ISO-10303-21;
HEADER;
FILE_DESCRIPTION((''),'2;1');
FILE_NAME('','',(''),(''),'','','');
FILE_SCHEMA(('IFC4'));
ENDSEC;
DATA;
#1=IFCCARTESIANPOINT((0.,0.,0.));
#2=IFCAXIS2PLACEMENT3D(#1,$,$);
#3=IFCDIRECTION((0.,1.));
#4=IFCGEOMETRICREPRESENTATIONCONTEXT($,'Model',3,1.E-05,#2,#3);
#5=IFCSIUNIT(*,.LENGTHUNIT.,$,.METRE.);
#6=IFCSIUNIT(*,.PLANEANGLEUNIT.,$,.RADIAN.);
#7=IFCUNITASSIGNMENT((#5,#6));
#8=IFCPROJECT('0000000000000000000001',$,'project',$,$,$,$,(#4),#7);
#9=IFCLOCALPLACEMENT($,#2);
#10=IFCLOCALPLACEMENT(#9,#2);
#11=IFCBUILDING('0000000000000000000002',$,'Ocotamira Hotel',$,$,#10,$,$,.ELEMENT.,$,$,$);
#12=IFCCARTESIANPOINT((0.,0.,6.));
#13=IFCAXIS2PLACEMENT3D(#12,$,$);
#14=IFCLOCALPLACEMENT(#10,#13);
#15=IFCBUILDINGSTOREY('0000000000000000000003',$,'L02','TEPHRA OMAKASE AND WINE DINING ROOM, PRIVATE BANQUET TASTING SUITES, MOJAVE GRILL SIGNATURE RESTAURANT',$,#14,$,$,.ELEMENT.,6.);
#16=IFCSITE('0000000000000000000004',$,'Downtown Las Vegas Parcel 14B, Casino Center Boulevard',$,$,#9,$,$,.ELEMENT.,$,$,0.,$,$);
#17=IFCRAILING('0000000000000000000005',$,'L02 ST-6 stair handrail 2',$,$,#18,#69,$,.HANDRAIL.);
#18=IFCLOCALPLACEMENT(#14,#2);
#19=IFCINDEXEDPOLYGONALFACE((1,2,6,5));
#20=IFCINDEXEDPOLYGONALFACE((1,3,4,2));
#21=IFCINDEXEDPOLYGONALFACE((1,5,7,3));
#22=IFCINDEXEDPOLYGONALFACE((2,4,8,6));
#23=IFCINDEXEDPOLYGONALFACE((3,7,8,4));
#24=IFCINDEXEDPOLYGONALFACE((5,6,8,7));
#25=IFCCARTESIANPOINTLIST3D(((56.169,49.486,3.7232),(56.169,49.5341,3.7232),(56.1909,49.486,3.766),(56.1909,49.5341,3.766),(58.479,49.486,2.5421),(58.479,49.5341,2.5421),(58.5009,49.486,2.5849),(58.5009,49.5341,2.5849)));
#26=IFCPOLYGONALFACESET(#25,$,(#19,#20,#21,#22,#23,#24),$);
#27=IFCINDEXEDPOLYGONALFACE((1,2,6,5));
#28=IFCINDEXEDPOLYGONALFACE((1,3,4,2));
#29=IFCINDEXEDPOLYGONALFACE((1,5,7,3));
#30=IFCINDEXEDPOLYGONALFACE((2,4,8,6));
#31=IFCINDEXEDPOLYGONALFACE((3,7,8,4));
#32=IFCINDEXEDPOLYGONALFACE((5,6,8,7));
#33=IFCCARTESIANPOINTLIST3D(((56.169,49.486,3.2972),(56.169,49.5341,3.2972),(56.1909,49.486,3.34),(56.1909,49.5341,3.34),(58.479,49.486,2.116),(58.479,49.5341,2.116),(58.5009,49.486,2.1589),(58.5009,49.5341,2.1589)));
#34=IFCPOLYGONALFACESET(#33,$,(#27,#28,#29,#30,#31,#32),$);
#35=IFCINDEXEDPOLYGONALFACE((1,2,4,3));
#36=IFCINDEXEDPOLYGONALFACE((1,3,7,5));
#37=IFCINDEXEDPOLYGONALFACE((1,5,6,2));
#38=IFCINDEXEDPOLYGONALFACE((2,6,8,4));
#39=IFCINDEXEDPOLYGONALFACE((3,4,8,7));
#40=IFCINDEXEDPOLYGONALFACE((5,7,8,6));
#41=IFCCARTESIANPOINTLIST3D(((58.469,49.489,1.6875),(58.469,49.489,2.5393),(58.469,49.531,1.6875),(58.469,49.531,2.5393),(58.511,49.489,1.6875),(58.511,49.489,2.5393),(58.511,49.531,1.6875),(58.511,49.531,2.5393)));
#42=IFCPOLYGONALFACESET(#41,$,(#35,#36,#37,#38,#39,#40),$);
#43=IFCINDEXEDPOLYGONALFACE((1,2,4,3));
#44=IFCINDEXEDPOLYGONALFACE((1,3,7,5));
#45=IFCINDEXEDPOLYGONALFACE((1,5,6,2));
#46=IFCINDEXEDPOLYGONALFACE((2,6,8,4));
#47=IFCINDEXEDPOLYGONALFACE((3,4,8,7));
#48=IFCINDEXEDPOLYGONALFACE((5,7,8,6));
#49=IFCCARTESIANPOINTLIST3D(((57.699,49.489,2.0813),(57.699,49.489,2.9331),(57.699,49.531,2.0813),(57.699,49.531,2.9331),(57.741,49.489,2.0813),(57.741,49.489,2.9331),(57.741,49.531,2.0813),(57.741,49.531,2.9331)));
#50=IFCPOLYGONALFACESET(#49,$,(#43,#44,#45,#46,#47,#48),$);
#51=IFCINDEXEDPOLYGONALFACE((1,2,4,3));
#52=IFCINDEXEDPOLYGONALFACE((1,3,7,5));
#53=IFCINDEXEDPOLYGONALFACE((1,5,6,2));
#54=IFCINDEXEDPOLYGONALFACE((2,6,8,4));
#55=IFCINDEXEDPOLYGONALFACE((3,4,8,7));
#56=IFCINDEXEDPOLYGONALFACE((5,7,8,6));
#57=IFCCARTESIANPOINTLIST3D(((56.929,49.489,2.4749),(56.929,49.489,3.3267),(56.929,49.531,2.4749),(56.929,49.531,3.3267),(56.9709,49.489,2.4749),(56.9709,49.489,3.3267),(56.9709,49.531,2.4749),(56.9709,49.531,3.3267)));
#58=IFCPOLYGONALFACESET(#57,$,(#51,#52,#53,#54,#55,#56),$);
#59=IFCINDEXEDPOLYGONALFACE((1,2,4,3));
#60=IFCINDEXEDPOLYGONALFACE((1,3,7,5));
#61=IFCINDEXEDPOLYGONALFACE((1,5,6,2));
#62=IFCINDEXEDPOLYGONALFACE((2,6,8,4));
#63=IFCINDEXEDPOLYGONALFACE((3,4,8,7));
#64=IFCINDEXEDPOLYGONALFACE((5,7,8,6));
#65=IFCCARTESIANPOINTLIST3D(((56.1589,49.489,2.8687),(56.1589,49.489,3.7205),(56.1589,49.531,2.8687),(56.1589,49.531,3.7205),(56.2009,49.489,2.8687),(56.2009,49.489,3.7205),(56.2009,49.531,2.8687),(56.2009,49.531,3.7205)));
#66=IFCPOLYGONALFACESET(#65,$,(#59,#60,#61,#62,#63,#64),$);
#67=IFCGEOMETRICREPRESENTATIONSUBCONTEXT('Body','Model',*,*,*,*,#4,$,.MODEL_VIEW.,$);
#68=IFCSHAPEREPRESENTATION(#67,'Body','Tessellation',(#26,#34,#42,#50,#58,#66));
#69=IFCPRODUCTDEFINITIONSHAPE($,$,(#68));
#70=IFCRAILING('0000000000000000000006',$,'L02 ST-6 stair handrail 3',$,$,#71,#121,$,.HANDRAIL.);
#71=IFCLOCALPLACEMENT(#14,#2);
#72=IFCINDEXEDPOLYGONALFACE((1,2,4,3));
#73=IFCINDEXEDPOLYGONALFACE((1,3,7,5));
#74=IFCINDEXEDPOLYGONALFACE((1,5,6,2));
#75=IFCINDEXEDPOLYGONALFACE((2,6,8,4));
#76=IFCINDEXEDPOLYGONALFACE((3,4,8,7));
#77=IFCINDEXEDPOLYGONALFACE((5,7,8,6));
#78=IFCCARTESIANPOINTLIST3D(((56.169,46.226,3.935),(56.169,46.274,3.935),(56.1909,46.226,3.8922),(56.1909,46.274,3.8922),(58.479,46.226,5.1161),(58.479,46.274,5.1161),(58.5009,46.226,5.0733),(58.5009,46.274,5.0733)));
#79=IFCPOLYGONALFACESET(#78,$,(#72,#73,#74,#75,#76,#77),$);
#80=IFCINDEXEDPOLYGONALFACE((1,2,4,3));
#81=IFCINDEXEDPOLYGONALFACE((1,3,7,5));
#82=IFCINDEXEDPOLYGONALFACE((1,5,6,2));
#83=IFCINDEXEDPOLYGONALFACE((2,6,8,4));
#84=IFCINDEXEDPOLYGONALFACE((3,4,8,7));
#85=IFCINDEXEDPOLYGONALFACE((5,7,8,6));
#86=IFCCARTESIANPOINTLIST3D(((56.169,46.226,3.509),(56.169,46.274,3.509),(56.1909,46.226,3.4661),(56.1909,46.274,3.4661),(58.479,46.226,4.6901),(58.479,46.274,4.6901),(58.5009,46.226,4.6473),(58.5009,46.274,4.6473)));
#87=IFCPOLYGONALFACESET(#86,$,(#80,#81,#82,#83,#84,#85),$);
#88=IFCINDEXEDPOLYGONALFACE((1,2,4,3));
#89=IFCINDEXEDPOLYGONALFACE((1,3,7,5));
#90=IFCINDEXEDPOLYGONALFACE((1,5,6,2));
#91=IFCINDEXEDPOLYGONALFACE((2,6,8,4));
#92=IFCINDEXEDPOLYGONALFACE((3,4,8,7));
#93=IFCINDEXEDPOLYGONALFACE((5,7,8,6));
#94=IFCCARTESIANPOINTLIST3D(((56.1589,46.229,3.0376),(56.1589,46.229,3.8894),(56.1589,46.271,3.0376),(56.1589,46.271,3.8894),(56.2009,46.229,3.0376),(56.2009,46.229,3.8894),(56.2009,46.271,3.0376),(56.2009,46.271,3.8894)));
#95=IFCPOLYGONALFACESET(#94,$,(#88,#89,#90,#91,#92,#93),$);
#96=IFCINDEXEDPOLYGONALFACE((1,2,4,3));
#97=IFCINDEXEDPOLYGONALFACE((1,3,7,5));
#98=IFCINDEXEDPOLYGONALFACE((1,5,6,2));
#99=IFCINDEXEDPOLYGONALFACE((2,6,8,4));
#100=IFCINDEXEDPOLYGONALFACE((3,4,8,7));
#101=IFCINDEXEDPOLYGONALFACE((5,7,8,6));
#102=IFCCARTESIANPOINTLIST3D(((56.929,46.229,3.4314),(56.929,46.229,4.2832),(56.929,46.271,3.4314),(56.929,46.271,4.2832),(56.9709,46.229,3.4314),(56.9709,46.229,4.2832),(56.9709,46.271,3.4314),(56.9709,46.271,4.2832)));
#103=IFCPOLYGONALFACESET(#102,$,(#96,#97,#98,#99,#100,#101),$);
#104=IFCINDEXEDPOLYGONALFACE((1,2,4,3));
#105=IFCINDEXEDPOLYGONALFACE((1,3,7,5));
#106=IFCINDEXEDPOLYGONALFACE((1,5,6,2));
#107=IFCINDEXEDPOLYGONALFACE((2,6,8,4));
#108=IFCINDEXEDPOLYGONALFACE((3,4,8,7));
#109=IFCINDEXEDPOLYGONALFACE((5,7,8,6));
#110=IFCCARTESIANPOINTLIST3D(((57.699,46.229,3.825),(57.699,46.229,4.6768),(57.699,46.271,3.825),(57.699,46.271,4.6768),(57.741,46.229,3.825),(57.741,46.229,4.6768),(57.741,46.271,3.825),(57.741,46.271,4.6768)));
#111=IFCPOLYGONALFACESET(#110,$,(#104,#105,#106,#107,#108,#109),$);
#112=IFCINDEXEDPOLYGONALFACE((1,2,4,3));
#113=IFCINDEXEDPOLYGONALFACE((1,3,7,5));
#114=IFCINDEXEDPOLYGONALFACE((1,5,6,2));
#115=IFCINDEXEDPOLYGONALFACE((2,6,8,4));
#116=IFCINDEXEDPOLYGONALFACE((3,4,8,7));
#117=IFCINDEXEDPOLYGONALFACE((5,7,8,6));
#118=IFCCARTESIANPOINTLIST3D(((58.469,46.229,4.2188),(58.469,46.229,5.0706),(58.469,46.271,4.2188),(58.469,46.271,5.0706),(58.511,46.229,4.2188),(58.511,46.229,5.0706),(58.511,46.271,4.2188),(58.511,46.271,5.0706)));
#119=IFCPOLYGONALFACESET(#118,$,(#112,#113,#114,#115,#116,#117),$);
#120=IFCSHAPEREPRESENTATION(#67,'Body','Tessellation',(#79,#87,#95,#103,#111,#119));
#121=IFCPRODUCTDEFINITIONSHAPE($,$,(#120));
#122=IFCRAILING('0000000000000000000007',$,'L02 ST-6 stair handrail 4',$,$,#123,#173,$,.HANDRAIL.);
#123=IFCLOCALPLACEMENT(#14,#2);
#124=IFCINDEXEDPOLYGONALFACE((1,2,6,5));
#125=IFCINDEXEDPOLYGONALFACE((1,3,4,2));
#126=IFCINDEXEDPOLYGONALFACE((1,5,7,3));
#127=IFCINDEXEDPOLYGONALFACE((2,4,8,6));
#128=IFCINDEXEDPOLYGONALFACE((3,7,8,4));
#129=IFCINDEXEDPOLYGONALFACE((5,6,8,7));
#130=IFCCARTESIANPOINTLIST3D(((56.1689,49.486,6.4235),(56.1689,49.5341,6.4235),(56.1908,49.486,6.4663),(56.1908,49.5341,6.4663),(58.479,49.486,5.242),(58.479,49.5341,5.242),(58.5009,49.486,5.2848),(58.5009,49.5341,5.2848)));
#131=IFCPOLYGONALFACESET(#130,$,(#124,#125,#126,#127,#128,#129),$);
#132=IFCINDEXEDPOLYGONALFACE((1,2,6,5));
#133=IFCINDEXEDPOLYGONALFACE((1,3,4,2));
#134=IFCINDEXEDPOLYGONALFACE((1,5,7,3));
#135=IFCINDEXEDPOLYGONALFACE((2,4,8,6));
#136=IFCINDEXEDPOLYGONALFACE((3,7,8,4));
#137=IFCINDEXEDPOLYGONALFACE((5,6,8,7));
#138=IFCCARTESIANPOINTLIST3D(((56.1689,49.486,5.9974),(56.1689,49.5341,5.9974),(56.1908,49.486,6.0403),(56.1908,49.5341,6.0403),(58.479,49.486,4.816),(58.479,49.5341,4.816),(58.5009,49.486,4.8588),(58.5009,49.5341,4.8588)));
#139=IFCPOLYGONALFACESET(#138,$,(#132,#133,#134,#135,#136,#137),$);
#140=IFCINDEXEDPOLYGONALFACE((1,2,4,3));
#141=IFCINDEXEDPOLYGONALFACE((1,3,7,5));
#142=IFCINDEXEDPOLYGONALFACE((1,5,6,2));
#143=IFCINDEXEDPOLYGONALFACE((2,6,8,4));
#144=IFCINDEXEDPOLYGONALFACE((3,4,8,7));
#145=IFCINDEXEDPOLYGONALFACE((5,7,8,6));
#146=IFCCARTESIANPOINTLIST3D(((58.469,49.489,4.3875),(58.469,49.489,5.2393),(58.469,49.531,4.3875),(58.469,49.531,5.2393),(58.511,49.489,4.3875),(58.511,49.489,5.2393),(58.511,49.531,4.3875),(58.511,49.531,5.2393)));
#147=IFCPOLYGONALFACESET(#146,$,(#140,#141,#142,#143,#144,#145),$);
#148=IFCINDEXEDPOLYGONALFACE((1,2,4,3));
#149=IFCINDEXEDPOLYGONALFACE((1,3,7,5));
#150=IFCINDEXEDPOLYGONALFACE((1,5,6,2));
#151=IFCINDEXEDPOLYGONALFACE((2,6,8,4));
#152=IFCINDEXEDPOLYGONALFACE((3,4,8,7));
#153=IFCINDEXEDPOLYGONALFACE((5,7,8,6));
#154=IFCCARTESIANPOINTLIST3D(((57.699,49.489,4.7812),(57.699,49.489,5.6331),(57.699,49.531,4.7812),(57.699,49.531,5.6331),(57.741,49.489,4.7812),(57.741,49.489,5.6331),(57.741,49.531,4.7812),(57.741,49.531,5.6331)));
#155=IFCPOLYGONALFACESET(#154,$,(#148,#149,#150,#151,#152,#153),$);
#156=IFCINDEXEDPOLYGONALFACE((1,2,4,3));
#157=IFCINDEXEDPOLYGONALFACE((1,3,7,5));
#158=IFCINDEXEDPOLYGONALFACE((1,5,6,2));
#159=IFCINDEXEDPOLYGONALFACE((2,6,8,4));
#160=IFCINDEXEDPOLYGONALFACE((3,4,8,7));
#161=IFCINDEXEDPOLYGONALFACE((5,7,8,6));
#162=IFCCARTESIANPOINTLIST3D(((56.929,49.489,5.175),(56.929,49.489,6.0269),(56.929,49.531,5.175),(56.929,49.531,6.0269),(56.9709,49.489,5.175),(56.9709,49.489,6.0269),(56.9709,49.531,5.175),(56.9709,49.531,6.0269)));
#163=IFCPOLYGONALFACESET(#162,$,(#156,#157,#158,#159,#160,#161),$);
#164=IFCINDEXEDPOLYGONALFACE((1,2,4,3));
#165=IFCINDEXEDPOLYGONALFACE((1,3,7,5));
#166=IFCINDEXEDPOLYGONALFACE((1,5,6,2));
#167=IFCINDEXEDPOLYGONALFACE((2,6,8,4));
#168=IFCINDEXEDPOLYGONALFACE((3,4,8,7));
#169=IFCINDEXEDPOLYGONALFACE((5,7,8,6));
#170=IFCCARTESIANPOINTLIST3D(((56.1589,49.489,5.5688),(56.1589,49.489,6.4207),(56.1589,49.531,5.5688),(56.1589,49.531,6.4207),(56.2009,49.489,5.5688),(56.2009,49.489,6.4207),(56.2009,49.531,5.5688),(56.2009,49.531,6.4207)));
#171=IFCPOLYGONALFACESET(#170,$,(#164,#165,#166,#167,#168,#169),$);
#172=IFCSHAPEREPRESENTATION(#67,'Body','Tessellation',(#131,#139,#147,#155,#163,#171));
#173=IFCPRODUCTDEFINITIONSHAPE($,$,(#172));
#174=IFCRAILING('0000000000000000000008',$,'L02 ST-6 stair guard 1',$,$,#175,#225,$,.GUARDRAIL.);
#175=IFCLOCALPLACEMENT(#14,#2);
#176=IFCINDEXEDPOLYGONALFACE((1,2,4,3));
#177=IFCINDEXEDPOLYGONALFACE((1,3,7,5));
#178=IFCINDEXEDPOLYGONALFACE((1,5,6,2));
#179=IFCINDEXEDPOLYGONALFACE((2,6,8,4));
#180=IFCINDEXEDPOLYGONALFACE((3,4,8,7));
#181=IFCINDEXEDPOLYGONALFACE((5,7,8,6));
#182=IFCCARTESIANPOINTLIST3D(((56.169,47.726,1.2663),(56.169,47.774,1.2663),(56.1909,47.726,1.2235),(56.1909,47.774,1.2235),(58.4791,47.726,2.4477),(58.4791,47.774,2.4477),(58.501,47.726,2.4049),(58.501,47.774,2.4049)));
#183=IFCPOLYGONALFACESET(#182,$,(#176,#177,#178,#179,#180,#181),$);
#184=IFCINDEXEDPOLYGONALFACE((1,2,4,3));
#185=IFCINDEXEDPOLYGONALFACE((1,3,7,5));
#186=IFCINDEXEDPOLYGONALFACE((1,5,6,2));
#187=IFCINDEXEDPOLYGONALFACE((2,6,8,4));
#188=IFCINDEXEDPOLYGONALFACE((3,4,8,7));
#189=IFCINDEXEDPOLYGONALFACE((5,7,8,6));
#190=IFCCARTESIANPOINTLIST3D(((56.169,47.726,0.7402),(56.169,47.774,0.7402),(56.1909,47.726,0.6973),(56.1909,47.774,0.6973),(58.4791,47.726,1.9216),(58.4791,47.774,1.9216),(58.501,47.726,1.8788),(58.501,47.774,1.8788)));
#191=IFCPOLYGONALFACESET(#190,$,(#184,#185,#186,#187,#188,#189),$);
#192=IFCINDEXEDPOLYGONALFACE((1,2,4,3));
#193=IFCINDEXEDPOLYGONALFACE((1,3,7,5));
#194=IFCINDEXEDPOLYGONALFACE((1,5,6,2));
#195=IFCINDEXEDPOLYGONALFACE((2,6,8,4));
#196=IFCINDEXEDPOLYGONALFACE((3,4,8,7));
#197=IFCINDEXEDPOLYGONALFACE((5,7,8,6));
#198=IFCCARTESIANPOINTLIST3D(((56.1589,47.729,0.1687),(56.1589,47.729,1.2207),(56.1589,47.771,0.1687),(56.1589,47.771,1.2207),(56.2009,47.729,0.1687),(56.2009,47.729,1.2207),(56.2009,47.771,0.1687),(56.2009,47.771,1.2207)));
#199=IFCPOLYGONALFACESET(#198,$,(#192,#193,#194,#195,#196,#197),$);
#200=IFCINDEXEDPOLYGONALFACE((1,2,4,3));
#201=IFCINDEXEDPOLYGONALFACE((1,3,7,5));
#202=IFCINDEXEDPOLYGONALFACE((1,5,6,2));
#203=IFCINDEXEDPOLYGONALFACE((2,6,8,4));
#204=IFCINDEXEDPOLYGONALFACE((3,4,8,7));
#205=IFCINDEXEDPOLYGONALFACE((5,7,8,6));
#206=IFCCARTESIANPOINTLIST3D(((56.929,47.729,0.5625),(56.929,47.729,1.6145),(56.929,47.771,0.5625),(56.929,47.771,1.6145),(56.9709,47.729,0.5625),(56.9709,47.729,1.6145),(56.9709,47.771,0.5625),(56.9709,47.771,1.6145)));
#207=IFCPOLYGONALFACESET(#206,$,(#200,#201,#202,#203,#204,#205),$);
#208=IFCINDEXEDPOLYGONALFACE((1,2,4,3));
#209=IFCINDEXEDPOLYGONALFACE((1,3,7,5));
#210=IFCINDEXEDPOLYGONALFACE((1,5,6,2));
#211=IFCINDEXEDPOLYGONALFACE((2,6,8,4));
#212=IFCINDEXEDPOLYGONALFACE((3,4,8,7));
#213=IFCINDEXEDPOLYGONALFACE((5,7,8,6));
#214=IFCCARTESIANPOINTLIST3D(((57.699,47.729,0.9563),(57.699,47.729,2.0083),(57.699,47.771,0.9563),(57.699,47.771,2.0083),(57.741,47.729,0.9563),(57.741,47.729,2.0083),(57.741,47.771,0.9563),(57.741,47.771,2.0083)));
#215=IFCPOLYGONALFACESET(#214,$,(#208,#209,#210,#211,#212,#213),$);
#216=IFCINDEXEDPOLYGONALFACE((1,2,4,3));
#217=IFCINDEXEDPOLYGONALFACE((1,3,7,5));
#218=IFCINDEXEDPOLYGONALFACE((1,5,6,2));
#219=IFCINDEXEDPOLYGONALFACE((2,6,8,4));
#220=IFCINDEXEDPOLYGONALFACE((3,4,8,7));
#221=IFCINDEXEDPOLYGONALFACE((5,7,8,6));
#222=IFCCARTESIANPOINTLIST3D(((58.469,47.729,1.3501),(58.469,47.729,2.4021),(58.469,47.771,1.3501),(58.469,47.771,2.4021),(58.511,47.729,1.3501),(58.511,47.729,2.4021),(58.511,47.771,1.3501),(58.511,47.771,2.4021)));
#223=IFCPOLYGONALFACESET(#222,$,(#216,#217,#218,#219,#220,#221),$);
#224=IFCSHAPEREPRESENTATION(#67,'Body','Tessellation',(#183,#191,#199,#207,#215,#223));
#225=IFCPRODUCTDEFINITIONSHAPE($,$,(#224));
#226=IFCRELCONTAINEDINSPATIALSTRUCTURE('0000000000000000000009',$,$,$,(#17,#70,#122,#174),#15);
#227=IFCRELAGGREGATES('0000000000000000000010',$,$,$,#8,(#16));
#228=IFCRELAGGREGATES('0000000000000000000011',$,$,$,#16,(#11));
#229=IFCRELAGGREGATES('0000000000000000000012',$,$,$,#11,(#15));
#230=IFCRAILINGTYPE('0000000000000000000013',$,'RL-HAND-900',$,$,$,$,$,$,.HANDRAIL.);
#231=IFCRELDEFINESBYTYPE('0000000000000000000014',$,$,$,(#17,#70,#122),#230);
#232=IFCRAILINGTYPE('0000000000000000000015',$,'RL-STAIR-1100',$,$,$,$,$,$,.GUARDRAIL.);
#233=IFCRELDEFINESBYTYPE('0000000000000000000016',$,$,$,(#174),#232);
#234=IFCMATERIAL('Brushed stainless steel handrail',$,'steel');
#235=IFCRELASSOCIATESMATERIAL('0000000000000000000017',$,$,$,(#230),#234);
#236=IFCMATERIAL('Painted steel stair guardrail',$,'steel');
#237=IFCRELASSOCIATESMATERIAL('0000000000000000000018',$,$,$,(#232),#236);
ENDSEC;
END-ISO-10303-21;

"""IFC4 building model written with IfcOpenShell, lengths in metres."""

from ifc_helpers import new_model, si_unit, direction, frame, origin, origin_2d, place, context, subcontext, project, spatial, rectangle, extrude, material, type_object, element, save


model = new_model("IFC4")

# Units and contexts
model_context = context("Model", 3, precision=1e-05, world=origin(), true_north=direction((0.0, 1.0)))
body_context = subcontext(model_context, "Body", "Model", "MODEL_VIEW")
ifc_project = project(units=[si_unit("LENGTHUNIT", "METRE"), si_unit("PLANEANGLEUNIT", "RADIAN")], contexts=[model_context])

# Site, building, storey
site_placement = place(None, origin())
site = spatial("IfcSite", under=ifc_project, at=site_placement, Name="Downtown Las Vegas Parcel 14B, Casino Center Boulevard", CompositionType="ELEMENT", RefElevation=0.0)
building_placement = place(site_placement, origin())
building = spatial("IfcBuilding", under=site, at=building_placement, Name="Ocotamira Hotel", CompositionType="ELEMENT")
storey_placement = place(building_placement, frame((0.0, 0.0, 6.0)))
storey = spatial("IfcBuildingStorey", under=building, at=storey_placement, Name="L02", Description="TEPHRA OMAKASE AND WINE DINING ROOM, PRIVATE BANQUET TASTING SUITES, MOJAVE GRILL SIGNATURE RESTAURANT", CompositionType="ELEMENT", Elevation=6.0)

# Railings
ifc_material_1 = material(Name="Brushed stainless steel handrail", Category="steel")
railing_type_1 = type_object("IfcRailingType", Name="RL-HAND-900", PredefinedType="HANDRAIL", material=ifc_material_1)
railing_1_placement = place(storey_placement, frame((58.49, 49.51, 1.6875)))
element("IfcRailing", 1, at=railing_1_placement, inside=storey, type_object=railing_type_1, Name="L02 ST-6 stair handrail 2", PredefinedType="HANDRAIL", context=body_context, shape_type="SweptSolid", body=[
    extrude(rectangle(XDim=0.0481, YDim=0.0481, at=origin_2d()), frame((0.0, 0.0, 0.876), z_axis=(-0.890363, 0.0, 0.45525), x_axis=(0.0, -1.0, 0.0)), (0.0, 0.0, 1.0), 2.5945),
    extrude(rectangle(XDim=0.0481, YDim=0.0481, at=origin_2d()), frame((0.0, 0.0, 0.45), z_axis=(-0.890363, 0.0, 0.45525), x_axis=(0.0, -1.0, 0.0)), (0.0, 0.0, 1.0), 2.5945),
    extrude(rectangle(XDim=0.042, YDim=0.042, at=origin_2d()), origin(), (0.0, 0.0, 1.0), 0.8518),
    extrude(rectangle(XDim=0.042, YDim=0.042, at=origin_2d()), frame((-0.77, 0.0, 0.3938)), (0.0, 0.0, 1.0), 0.8518),
    extrude(rectangle(XDim=0.042, YDim=0.042, at=origin_2d()), frame((-1.54, 0.0, 0.7874)), (0.0, 0.0, 1.0), 0.8518),
    extrude(rectangle(XDim=0.042, YDim=0.042, at=origin_2d()), frame((-2.3101, 0.0, 1.1812)), (0.0, 0.0, 1.0), 0.8518),
])
railing_2_placement = place(storey_placement, frame((56.1799, 46.25, 3.0376)))
element("IfcRailing", 2, at=railing_2_placement, inside=storey, type_object=railing_type_1, Name="L02 ST-6 stair handrail 3", PredefinedType="HANDRAIL", context=body_context, shape_type="SweptSolid", body=[
    extrude(rectangle(XDim=0.0481, YDim=0.0481, at=origin_2d()), frame((0.0, 0.0, 0.876), z_axis=(0.890363, 0.0, 0.45525), x_axis=(0.0, 1.0, 0.0)), (0.0, 0.0, 1.0), 2.5945),
    extrude(rectangle(XDim=0.0481, YDim=0.0481, at=origin_2d()), frame((0.0, 0.0, 0.45), z_axis=(0.890363, 0.0, 0.45525), x_axis=(0.0, 1.0, 0.0)), (0.0, 0.0, 1.0), 2.5945),
    extrude(rectangle(XDim=0.042, YDim=0.042, at=origin_2d()), origin(), (0.0, 0.0, 1.0), 0.8518),
    extrude(rectangle(XDim=0.042, YDim=0.042, at=origin_2d()), frame((0.77, 0.0, 0.3938)), (0.0, 0.0, 1.0), 0.8518),
    extrude(rectangle(XDim=0.042, YDim=0.042, at=origin_2d()), frame((1.54, 0.0, 0.7874)), (0.0, 0.0, 1.0), 0.8518),
    extrude(rectangle(XDim=0.042, YDim=0.042, at=origin_2d()), frame((2.3101, 0.0, 1.1812)), (0.0, 0.0, 1.0), 0.8518),
])
railing_3_placement = place(storey_placement, frame((58.49, 49.51, 4.3875)))
element("IfcRailing", 3, at=railing_3_placement, inside=storey, type_object=railing_type_1, Name="L02 ST-6 stair handrail 4", PredefinedType="HANDRAIL", context=body_context, shape_type="SweptSolid", body=[
    extrude(rectangle(XDim=0.0481, YDim=0.0481, at=origin_2d()), frame((0.0, 0.0, 0.876), z_axis=(-0.890325, 0.0, 0.455325), x_axis=(0.0, -1.0, 0.0)), (0.0, 0.0, 1.0), 2.5947),
    extrude(rectangle(XDim=0.0481, YDim=0.0481, at=origin_2d()), frame((0.0, 0.0, 0.45), z_axis=(-0.890325, 0.0, 0.455325), x_axis=(0.0, -1.0, 0.0)), (0.0, 0.0, 1.0), 2.5947),
    extrude(rectangle(XDim=0.042, YDim=0.042, at=origin_2d()), origin(), (0.0, 0.0, 1.0), 0.8518),
    extrude(rectangle(XDim=0.042, YDim=0.042, at=origin_2d()), frame((-0.77, 0.0, 0.3938)), (0.0, 0.0, 1.0), 0.8518),
    extrude(rectangle(XDim=0.042, YDim=0.042, at=origin_2d()), frame((-1.54, 0.0, 0.7876)), (0.0, 0.0, 1.0), 0.8518),
    extrude(rectangle(XDim=0.042, YDim=0.042, at=origin_2d()), frame((-2.3101, 0.0, 1.1814)), (0.0, 0.0, 1.0), 0.8518),
])
ifc_material_2 = material(Name="Painted steel stair guardrail", Category="steel")
railing_type_2 = type_object("IfcRailingType", Name="RL-STAIR-1100", PredefinedType="GUARDRAIL", material=ifc_material_2)
railing_4_placement = place(storey_placement, frame((56.1799, 47.75, 0.1687)))
element("IfcRailing", 4, at=railing_4_placement, inside=storey, type_object=railing_type_2, Name="L02 ST-6 stair guard 1", PredefinedType="GUARDRAIL", context=body_context, shape_type="SweptSolid", body=[
    extrude(rectangle(XDim=0.0481, YDim=0.0481, at=origin_2d()), frame((0.0, 0.0, 1.0762), z_axis=(0.890325, 0.0, 0.455325), x_axis=(0.0, 1.0, 0.0)), (0.0, 0.0, 1.0), 2.5947),
    extrude(rectangle(XDim=0.0481, YDim=0.0481, at=origin_2d()), frame((0.0, 0.0, 0.55), z_axis=(0.890325, 0.0, 0.455325), x_axis=(0.0, 1.0, 0.0)), (0.0, 0.0, 1.0), 2.5947),
    extrude(rectangle(XDim=0.042, YDim=0.042, at=origin_2d()), origin(), (0.0, 0.0, 1.0), 1.052),
    extrude(rectangle(XDim=0.042, YDim=0.042, at=origin_2d()), frame((0.77, 0.0, 0.3938)), (0.0, 0.0, 1.0), 1.052),
    extrude(rectangle(XDim=0.042, YDim=0.042, at=origin_2d()), frame((1.54, 0.0, 0.7876)), (0.0, 0.0, 1.0), 1.052),
    extrude(rectangle(XDim=0.042, YDim=0.042, at=origin_2d()), frame((2.3101, 0.0, 1.1814)), (0.0, 0.0, 1.0), 1.052),
])

save(model, "model.ifc")
